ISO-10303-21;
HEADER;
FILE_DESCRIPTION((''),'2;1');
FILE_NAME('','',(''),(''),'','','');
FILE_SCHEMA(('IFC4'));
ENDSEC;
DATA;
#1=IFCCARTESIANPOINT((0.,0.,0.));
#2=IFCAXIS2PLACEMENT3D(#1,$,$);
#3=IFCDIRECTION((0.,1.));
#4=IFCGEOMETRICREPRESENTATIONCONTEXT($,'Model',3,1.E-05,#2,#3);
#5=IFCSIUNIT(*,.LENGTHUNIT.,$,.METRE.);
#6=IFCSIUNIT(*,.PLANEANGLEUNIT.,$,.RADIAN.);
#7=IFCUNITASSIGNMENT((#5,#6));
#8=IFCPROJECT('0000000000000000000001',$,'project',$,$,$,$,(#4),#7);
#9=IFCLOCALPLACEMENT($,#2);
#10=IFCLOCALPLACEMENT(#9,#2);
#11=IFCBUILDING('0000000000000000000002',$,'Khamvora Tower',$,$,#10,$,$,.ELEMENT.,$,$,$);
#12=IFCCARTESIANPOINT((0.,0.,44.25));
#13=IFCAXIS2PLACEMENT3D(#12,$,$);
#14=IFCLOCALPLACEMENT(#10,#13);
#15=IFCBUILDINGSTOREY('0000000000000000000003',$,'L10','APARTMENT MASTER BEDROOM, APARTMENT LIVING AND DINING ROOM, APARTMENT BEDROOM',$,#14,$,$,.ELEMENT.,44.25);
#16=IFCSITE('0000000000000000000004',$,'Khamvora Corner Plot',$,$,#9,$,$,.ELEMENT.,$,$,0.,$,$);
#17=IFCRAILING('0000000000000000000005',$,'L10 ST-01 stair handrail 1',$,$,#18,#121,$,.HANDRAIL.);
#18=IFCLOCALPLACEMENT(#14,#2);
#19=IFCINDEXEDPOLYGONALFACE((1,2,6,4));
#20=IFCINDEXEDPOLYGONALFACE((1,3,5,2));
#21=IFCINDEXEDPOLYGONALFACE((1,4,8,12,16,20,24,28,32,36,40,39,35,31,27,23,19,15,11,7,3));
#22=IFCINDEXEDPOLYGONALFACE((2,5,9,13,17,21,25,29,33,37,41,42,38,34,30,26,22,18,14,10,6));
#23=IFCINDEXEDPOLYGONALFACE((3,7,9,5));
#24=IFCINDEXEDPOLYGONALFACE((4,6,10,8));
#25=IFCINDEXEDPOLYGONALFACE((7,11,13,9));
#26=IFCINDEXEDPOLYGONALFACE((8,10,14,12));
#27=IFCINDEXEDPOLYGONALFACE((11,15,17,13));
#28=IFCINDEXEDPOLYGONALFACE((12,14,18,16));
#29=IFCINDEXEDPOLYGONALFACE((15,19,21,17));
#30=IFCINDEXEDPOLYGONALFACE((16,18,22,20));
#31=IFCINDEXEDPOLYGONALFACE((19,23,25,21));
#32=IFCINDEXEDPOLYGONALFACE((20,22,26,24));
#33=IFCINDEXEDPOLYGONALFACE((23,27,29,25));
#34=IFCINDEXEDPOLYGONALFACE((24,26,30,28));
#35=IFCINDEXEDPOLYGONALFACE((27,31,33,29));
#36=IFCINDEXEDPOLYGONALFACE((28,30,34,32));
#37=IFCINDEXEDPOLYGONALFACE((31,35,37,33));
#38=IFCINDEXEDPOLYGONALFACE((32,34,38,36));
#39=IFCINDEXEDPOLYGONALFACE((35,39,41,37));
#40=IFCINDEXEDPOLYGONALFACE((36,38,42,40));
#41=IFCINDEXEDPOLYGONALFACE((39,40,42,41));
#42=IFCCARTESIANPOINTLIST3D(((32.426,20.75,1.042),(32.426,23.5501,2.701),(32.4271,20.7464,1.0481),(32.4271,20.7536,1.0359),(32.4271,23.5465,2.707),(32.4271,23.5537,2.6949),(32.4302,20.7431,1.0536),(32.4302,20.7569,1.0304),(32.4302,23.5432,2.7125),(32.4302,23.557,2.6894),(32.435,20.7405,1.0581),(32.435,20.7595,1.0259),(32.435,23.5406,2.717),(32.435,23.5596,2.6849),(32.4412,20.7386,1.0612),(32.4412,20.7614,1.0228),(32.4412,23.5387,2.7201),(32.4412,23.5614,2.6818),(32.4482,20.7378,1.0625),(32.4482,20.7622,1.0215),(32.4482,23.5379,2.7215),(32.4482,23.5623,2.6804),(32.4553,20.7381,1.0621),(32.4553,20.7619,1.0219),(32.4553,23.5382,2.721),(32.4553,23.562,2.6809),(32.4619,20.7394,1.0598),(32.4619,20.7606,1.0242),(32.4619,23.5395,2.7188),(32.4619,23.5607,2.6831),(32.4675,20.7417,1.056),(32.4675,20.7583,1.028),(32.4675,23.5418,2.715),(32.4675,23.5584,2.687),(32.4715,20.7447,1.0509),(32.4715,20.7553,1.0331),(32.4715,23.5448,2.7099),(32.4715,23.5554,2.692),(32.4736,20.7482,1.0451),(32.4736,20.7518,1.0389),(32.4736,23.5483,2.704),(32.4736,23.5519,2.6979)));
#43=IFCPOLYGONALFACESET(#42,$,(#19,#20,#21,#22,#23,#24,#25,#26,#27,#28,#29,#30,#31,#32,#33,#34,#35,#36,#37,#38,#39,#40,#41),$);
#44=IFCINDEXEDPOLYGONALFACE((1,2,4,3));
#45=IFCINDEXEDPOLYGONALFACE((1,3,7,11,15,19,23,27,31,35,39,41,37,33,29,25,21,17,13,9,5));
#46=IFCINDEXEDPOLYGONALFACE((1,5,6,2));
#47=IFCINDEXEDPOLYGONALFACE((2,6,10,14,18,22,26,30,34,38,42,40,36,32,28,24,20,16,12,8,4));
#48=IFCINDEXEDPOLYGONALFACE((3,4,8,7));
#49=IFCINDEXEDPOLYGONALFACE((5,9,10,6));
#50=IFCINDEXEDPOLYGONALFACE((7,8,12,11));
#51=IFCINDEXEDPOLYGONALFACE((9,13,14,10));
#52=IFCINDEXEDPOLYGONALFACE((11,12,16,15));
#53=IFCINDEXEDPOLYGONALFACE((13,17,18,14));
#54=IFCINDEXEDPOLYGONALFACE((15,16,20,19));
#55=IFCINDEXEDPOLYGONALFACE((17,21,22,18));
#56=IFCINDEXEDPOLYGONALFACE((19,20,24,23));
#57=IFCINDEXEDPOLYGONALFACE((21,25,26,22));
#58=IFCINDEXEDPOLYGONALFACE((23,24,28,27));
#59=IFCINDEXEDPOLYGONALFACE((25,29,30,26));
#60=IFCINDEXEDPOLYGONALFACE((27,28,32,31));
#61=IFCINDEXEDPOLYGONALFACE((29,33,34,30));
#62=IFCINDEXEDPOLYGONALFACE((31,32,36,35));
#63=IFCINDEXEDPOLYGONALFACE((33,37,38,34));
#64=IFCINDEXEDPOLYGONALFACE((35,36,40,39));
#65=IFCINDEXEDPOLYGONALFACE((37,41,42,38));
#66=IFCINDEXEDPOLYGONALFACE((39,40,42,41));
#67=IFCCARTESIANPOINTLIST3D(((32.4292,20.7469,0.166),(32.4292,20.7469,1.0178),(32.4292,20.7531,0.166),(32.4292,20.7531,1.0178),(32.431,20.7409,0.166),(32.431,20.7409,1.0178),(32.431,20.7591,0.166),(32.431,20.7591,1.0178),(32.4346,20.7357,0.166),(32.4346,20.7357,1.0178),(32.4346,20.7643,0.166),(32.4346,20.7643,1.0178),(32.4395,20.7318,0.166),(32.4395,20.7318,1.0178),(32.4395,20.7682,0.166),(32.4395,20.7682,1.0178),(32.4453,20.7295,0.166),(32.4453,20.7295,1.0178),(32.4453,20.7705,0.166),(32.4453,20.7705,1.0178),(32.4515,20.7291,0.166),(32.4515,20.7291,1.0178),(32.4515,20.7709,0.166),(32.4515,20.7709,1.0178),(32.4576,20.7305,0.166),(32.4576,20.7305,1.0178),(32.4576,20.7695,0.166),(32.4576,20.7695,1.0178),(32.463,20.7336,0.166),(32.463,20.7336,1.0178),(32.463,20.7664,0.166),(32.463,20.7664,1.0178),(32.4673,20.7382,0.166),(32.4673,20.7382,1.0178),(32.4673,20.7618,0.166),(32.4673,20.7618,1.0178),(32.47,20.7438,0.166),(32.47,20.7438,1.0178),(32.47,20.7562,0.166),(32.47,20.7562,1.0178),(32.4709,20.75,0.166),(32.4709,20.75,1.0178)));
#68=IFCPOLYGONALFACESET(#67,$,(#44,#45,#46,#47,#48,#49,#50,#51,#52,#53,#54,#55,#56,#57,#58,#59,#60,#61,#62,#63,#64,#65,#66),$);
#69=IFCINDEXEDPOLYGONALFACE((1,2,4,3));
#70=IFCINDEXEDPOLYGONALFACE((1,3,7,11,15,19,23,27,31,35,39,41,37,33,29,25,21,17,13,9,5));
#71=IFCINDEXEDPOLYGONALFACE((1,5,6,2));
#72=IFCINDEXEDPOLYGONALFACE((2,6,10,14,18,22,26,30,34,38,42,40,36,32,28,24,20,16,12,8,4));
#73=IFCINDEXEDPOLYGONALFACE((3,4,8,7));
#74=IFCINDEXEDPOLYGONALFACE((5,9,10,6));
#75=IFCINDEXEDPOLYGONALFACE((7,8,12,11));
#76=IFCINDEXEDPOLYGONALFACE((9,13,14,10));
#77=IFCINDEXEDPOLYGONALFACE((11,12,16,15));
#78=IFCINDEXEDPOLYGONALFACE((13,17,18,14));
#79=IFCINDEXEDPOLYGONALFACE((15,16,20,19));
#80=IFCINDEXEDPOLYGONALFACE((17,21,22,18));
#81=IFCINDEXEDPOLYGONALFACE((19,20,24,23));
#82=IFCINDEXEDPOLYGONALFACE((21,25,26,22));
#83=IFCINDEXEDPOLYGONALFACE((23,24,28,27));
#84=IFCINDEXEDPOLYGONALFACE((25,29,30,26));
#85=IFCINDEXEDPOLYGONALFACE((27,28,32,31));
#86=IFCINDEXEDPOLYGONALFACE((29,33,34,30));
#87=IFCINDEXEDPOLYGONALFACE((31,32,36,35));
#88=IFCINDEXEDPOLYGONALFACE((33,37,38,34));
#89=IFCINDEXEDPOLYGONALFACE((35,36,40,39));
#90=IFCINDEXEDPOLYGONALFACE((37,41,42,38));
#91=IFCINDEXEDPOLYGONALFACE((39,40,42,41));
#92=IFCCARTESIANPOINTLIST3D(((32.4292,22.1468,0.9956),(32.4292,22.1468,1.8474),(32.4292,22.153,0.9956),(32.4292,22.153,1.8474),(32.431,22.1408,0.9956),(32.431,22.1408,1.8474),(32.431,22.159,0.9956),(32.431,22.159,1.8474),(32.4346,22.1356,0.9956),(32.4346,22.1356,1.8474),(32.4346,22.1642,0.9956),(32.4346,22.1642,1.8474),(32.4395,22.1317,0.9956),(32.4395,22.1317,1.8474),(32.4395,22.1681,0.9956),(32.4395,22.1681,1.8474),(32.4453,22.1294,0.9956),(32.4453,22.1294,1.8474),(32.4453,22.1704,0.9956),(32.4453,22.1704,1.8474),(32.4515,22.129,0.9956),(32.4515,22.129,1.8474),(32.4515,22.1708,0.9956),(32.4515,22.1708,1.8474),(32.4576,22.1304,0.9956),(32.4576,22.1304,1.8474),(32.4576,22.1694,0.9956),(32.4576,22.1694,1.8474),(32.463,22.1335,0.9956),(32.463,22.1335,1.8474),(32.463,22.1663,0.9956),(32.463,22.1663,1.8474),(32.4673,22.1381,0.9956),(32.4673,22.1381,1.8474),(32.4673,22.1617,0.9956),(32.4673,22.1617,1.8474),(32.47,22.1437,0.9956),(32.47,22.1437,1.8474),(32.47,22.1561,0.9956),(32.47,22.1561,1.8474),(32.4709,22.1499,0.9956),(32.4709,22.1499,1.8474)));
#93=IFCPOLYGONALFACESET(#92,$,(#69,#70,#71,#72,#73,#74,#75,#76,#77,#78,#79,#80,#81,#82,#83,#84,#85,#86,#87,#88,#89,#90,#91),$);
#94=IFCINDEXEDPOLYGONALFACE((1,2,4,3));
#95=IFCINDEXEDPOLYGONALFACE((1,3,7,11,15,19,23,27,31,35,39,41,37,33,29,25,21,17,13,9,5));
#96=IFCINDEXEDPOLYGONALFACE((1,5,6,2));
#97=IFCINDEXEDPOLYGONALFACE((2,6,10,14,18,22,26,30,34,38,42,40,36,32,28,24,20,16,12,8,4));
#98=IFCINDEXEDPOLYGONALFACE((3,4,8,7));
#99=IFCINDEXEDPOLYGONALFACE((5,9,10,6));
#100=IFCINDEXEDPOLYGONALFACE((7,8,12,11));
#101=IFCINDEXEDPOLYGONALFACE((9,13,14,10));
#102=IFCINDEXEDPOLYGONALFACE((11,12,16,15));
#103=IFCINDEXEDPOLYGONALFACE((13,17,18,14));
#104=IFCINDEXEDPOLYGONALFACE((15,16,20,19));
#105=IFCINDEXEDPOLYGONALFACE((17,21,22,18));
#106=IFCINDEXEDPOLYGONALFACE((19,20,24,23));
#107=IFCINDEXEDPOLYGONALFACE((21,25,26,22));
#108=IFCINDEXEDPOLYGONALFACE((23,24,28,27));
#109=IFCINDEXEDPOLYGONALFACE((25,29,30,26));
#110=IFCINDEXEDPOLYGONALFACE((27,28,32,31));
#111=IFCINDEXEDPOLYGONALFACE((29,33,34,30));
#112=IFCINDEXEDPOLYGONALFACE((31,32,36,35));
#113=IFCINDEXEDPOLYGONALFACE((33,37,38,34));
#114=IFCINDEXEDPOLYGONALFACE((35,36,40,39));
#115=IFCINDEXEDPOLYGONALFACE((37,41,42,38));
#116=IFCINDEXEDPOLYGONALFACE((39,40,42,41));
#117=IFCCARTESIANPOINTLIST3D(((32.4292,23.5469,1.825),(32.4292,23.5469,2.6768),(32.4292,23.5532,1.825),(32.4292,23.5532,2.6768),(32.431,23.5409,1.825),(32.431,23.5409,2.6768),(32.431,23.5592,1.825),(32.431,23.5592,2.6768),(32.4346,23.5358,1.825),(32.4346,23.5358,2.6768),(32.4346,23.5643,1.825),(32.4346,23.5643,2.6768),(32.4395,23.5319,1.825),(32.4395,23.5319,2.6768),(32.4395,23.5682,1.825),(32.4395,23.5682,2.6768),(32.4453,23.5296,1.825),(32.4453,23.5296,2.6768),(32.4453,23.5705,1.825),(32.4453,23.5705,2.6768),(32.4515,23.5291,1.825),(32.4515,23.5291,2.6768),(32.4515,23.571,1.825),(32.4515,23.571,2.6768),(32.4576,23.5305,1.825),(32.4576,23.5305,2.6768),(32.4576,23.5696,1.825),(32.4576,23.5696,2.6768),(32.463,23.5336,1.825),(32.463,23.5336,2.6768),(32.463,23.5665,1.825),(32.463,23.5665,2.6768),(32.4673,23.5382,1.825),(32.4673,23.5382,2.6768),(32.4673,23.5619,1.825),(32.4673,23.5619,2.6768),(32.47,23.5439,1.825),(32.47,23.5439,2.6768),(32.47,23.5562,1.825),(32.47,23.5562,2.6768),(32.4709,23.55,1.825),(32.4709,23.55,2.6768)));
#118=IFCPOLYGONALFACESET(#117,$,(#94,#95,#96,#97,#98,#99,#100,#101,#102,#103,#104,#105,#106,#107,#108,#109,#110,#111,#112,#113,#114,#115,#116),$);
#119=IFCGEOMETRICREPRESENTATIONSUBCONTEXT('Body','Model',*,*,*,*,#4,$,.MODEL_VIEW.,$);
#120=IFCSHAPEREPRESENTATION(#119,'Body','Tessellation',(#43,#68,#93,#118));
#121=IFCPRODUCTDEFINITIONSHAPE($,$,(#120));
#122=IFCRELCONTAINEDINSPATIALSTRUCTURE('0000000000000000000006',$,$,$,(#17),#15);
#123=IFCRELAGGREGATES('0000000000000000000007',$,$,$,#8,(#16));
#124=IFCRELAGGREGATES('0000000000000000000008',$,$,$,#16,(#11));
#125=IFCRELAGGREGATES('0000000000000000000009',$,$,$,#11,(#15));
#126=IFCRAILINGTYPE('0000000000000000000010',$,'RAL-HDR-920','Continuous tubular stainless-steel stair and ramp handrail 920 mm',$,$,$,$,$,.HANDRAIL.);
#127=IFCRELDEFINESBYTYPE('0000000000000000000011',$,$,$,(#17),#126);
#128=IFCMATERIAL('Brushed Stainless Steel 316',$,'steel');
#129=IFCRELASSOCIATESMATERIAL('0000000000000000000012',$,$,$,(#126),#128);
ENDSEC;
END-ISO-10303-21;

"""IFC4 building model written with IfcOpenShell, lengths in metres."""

from ifc_helpers import new_model, si_unit, direction, frame, origin, origin_2d, place, context, subcontext, project, spatial, circle, extrude, material, type_object, element, save


model = new_model("IFC4")

# Units and contexts
model_context = context("Model", 3, precision=1e-05, world=origin(), true_north=direction((0.0, 1.0)))
body_context = subcontext(model_context, "Body", "Model", "MODEL_VIEW")
ifc_project = project(units=[si_unit("LENGTHUNIT", "METRE"), si_unit("PLANEANGLEUNIT", "RADIAN")], contexts=[model_context])

# Site, building, storey
site_placement = place(None, origin())
site = spatial("IfcSite", under=ifc_project, at=site_placement, Name="Khamvora Corner Plot", CompositionType="ELEMENT", RefElevation=0.0)
building_placement = place(site_placement, origin())
building = spatial("IfcBuilding", under=site, at=building_placement, Name="Khamvora Tower", CompositionType="ELEMENT")
storey_placement = place(building_placement, frame((0.0, 0.0, 44.25)))
storey = spatial("IfcBuildingStorey", under=building, at=storey_placement, Name="L10", Description="APARTMENT MASTER BEDROOM, APARTMENT LIVING AND DINING ROOM, APARTMENT BEDROOM", CompositionType="ELEMENT", Elevation=44.25)

# Railing
ifc_material_1 = material(Name="Brushed Stainless Steel 316", Category="steel")
railing_type_1 = type_object("IfcRailingType", Name="RAL-HDR-920", Description="Continuous tubular stainless-steel stair and ramp handrail 920 mm", PredefinedType="HANDRAIL", material=ifc_material_1)
railing_1_placement = place(storey_placement, frame((32.45, 20.75, 0.166)))
element("IfcRailing", 1, at=railing_1_placement, inside=storey, type_object=railing_type_1, Name="L10 ST-01 stair handrail 1", PredefinedType="HANDRAIL", context=body_context, shape_type="SweptSolid", body=[
    extrude(circle(Radius=0.0239, at=origin_2d()), frame((0.0, 0.0, 0.876), z_axis=(0.0, 0.860339, 0.509722), x_axis=(-1.0, 0.0, 0.0)), (0.0, 0.0, 1.0), 3.2546),
    extrude(circle(Radius=0.021, at=origin_2d()), origin(), (0.0, 0.0, 1.0), 0.8518),
    extrude(circle(Radius=0.021, at=origin_2d()), frame((0.0, 1.3999, 0.8296)), (0.0, 0.0, 1.0), 0.8518),
    extrude(circle(Radius=0.021, at=origin_2d()), frame((0.0, 2.8, 1.6589)), (0.0, 0.0, 1.0), 0.8518),
])

save(model, "model.ifc")
